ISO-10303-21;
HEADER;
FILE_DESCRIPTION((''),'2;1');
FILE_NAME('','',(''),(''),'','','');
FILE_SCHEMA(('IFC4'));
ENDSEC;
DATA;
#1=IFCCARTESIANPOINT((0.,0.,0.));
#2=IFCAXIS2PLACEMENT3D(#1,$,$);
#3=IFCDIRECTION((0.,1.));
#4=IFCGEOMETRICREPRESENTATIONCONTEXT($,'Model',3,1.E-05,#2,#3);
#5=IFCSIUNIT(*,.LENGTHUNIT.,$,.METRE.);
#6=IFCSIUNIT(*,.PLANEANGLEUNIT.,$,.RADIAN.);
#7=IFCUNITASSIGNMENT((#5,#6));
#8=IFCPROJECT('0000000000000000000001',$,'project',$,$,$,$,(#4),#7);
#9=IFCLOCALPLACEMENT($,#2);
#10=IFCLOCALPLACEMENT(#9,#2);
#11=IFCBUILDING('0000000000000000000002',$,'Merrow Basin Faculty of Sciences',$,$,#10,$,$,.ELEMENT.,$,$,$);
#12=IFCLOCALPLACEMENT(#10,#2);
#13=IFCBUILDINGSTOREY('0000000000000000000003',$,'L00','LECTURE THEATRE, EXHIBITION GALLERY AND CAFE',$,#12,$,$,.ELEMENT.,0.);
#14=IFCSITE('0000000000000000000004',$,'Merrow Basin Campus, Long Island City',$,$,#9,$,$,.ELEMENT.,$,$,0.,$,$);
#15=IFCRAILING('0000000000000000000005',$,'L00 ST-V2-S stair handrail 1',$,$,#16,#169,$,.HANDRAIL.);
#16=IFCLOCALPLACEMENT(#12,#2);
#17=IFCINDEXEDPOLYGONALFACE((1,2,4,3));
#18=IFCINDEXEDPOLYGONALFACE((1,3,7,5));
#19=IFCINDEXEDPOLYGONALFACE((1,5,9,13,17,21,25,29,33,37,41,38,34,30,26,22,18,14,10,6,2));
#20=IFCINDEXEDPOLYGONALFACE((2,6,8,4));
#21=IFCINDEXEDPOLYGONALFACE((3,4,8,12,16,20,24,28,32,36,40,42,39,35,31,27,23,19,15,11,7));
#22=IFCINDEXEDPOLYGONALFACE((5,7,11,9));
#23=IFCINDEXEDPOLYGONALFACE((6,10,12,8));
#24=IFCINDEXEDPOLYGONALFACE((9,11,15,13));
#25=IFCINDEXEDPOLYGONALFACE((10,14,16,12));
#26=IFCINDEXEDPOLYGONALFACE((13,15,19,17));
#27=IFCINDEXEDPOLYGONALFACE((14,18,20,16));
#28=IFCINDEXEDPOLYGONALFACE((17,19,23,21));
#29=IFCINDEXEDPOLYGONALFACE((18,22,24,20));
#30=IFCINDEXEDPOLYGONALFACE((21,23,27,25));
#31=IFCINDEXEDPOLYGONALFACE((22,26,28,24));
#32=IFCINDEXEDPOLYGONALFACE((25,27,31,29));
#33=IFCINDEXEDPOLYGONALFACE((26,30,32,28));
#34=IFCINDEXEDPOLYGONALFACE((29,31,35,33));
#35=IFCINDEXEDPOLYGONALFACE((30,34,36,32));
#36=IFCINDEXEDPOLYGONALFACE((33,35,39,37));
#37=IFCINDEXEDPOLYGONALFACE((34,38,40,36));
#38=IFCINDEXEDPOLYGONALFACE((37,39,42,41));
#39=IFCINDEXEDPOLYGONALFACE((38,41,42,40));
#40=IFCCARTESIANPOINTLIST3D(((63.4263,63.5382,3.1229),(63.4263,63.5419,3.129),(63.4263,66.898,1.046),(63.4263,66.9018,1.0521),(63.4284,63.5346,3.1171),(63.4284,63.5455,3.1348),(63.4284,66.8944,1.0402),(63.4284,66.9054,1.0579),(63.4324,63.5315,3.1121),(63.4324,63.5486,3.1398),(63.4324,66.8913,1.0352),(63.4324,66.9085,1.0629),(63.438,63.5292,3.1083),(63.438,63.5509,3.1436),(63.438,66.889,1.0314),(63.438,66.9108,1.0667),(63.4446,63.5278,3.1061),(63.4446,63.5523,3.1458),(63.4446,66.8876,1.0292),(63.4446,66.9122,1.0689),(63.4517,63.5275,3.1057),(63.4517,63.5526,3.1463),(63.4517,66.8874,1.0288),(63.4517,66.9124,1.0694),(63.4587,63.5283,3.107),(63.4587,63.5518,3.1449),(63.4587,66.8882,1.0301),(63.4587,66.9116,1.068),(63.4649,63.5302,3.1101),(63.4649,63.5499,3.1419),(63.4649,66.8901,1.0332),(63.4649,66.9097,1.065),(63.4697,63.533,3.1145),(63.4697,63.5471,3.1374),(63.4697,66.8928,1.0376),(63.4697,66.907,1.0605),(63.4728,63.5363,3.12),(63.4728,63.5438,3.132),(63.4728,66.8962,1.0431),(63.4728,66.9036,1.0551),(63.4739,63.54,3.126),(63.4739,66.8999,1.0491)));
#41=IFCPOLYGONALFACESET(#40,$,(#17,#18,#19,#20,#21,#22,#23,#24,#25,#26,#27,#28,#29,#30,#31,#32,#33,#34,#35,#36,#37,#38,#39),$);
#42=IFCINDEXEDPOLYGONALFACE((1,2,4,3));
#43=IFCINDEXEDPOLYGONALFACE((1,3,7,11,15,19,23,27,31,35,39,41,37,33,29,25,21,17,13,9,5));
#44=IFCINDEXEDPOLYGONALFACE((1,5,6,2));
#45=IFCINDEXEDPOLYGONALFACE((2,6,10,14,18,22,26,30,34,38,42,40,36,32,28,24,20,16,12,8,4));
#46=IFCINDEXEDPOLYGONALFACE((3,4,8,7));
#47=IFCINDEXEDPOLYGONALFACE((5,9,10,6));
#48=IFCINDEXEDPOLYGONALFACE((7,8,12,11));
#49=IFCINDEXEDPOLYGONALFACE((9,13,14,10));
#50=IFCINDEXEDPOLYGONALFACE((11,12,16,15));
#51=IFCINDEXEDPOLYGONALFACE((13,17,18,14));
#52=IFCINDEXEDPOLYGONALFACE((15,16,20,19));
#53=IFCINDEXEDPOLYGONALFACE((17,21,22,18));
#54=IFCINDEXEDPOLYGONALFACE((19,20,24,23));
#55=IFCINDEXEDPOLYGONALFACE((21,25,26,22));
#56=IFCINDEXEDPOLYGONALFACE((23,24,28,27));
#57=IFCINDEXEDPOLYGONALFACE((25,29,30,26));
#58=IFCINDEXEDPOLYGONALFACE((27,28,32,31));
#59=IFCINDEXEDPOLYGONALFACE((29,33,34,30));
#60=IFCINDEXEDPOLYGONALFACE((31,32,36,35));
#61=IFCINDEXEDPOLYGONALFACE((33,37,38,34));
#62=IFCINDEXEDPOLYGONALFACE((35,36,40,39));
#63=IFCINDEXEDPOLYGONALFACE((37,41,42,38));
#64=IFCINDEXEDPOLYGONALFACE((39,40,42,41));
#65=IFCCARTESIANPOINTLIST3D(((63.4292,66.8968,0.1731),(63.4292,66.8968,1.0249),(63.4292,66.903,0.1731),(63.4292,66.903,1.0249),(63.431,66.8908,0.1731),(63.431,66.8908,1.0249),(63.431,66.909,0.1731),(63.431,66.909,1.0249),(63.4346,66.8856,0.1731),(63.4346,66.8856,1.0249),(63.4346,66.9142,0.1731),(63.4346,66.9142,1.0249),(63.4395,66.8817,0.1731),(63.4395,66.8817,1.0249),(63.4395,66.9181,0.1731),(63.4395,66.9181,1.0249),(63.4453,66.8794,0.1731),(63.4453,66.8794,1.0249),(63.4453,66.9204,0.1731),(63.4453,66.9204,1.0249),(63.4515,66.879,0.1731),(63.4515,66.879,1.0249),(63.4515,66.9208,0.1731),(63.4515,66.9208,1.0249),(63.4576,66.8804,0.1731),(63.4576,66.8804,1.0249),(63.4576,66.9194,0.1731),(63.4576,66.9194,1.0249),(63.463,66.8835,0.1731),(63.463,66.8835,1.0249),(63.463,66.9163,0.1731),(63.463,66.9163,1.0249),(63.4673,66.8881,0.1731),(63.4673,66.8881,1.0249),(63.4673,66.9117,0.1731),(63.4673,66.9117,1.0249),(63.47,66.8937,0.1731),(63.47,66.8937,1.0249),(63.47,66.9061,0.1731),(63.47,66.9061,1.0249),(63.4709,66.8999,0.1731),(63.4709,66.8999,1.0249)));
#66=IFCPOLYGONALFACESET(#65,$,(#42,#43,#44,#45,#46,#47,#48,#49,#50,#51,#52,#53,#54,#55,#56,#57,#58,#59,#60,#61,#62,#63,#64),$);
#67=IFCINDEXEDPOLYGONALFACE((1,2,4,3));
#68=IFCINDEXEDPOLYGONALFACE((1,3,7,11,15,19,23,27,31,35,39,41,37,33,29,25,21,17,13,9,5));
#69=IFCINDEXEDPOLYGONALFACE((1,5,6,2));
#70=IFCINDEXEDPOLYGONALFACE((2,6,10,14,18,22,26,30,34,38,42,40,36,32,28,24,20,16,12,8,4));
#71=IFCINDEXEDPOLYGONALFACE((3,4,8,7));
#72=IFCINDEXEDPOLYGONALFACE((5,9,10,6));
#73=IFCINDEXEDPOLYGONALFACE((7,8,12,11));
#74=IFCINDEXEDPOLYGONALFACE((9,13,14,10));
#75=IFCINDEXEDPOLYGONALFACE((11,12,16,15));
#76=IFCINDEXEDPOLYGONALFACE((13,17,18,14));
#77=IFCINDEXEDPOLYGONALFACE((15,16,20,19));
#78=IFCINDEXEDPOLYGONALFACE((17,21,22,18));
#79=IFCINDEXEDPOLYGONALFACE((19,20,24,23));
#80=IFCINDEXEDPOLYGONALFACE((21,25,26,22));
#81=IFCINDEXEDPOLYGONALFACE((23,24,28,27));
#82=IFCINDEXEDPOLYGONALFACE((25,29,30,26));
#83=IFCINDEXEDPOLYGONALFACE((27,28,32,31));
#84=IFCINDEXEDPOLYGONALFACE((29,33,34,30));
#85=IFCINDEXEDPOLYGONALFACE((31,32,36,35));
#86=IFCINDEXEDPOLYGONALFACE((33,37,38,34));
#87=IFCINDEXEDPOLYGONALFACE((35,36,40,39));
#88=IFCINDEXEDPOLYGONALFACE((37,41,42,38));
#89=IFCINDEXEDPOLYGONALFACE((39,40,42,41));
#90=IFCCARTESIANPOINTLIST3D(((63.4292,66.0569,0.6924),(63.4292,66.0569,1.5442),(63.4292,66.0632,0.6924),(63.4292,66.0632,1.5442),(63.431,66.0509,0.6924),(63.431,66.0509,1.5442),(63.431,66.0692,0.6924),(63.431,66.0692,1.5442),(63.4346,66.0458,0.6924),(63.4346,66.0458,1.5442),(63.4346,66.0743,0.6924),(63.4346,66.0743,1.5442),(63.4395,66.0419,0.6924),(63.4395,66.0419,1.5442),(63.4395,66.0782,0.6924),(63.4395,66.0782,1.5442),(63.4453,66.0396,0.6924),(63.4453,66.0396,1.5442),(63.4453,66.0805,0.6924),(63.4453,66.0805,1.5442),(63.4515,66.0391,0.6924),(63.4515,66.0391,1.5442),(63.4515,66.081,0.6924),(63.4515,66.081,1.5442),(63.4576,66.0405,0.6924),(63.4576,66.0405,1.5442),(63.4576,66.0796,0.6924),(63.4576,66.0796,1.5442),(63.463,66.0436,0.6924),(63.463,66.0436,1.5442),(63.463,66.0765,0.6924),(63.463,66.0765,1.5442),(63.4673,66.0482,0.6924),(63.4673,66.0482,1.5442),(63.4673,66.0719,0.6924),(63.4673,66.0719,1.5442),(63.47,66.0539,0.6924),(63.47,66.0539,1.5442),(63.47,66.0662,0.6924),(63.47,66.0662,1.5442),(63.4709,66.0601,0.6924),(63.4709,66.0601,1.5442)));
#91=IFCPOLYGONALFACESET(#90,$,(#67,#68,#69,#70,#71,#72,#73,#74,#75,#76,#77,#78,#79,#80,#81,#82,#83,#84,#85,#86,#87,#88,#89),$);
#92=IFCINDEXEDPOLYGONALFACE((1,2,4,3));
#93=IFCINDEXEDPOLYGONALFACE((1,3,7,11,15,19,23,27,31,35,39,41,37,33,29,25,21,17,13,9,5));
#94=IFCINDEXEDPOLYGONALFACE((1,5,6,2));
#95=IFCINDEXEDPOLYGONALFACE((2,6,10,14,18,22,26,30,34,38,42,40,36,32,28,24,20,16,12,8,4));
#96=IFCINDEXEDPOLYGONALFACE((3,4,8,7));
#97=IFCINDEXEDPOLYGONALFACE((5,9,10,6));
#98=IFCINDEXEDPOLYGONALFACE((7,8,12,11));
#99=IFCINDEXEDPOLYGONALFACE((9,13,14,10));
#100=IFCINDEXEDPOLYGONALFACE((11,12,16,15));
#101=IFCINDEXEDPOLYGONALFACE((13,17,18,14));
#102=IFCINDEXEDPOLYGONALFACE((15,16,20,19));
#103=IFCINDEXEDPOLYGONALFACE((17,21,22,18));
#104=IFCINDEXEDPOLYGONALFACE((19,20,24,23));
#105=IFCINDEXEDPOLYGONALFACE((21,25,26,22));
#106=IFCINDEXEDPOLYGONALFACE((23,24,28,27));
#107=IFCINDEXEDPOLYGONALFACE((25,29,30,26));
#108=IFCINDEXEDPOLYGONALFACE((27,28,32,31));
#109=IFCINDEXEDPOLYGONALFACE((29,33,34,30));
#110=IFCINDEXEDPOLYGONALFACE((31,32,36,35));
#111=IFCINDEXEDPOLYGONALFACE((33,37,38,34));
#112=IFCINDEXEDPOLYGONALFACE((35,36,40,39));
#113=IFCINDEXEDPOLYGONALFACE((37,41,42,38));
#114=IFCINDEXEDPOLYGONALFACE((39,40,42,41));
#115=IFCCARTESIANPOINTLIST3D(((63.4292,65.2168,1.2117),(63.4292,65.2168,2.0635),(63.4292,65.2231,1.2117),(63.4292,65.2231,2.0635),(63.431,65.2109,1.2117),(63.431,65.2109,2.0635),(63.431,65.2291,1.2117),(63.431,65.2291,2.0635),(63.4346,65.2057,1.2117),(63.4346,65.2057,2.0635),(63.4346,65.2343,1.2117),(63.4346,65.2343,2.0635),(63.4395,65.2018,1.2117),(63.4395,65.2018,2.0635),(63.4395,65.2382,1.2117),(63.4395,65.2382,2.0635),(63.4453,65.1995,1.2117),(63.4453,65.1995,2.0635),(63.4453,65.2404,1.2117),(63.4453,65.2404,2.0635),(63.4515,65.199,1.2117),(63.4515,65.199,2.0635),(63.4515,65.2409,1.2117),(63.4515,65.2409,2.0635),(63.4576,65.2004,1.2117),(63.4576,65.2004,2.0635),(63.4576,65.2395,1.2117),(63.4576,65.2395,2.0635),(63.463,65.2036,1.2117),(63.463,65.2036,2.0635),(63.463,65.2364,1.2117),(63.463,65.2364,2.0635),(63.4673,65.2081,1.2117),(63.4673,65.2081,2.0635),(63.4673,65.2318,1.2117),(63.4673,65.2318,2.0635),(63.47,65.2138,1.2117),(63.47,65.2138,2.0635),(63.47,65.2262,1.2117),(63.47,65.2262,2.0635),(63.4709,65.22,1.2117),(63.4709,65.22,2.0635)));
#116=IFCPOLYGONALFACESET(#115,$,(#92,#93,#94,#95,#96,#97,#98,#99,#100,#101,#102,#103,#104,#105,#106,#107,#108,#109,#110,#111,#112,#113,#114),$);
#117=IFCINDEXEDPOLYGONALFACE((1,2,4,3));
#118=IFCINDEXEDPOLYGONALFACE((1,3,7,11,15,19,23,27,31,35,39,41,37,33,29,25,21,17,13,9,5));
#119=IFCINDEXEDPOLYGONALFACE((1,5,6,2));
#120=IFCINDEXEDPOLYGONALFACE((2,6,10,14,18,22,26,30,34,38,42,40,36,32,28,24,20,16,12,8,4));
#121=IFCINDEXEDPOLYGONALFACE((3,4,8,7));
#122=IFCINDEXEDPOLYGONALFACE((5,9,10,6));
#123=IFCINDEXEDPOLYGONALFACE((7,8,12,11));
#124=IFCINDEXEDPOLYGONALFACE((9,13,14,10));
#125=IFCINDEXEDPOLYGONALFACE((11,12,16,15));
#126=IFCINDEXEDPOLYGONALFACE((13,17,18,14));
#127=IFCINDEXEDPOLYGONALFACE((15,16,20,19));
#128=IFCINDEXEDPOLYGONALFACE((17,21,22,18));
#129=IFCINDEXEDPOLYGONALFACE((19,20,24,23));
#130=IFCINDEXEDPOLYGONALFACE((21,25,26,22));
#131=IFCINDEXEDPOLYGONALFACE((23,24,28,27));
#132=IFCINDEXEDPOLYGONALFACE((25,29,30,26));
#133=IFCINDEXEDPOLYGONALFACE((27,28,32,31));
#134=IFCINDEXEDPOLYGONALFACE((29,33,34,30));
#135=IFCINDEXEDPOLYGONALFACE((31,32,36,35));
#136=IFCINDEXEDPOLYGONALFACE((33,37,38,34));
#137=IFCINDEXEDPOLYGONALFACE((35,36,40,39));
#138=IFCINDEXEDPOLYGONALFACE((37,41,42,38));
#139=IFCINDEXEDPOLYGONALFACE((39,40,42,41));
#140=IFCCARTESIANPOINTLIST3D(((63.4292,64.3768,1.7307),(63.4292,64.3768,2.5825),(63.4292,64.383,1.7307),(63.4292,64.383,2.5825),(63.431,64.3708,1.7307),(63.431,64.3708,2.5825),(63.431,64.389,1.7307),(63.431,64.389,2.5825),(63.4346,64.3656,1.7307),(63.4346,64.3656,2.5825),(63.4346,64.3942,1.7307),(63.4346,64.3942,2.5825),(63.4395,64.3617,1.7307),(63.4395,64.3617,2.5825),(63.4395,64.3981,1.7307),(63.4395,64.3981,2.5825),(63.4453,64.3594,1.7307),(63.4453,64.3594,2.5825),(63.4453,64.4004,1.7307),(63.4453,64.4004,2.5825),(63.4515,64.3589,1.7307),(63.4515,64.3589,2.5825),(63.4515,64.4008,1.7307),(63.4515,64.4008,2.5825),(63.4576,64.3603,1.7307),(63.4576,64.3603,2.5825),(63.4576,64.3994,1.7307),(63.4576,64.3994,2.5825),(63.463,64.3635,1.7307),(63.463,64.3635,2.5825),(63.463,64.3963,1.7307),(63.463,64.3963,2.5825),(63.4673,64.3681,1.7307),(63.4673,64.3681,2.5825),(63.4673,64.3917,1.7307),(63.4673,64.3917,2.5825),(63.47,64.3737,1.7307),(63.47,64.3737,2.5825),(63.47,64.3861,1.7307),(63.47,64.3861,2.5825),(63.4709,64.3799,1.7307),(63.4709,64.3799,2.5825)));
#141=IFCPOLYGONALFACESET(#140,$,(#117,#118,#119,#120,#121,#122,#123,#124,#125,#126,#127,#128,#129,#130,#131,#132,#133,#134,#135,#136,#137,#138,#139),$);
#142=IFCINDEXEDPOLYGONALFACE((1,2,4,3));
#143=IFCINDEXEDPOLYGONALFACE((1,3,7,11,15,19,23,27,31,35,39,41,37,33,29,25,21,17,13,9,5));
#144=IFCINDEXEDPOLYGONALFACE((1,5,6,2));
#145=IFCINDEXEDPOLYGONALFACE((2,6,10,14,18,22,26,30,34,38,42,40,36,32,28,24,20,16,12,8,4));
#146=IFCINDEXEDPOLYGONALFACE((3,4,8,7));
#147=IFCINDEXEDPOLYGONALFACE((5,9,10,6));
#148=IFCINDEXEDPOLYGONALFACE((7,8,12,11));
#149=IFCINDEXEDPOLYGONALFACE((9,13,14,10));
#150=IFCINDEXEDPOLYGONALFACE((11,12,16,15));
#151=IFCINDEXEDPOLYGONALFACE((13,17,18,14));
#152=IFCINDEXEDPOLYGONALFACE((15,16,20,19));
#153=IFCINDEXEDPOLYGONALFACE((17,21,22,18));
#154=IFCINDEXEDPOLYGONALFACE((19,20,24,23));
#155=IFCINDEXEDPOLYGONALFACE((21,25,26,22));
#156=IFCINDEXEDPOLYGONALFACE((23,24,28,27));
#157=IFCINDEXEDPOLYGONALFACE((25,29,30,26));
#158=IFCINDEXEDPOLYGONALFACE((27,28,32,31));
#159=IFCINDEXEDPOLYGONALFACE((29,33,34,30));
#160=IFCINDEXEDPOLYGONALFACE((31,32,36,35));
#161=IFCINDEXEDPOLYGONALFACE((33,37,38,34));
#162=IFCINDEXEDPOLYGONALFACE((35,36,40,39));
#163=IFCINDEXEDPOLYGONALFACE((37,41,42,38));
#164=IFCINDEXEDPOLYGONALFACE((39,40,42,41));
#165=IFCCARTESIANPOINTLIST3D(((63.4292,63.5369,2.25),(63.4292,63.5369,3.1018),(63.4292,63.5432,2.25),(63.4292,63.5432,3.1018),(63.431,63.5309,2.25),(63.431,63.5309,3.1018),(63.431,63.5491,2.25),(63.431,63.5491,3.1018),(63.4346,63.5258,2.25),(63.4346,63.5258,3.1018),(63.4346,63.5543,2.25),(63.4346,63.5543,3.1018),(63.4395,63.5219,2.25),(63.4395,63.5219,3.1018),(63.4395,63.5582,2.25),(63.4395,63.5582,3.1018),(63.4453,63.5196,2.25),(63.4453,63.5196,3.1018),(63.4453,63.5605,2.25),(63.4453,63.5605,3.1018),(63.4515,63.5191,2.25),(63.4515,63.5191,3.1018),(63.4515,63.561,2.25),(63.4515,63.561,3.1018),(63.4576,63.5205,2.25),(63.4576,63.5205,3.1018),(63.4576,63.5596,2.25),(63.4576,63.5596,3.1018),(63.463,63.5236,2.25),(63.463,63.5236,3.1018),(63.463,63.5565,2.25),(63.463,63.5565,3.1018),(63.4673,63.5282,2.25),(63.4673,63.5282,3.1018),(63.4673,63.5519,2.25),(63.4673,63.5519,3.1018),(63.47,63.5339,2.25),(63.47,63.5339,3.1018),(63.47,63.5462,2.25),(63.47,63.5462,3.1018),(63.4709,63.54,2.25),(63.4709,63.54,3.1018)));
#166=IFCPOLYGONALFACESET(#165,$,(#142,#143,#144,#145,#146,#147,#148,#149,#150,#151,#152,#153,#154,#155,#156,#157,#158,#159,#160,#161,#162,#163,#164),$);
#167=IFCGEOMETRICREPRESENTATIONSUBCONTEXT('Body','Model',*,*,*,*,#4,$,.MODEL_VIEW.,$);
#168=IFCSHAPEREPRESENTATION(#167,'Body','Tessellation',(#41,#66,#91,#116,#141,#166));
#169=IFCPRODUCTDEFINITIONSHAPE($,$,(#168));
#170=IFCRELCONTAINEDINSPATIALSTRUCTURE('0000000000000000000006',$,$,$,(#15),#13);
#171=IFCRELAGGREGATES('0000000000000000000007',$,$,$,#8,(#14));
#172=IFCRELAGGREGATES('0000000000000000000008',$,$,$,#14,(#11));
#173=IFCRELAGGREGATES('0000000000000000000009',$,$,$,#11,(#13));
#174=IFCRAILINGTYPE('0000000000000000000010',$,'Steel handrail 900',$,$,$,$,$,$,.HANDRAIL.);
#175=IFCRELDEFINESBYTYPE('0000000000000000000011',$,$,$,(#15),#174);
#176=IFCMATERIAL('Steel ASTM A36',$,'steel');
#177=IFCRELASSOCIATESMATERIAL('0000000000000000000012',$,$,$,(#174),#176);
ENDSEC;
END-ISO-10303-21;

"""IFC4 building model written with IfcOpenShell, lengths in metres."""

from ifc_helpers import new_model, si_unit, direction, frame, origin, origin_2d, place, context, subcontext, project, spatial, circle, extrude, material, type_object, element, save


model = new_model("IFC4")

# Units and contexts
model_context = context("Model", 3, precision=1e-05, world=origin(), true_north=direction((0.0, 1.0)))
body_context = subcontext(model_context, "Body", "Model", "MODEL_VIEW")
ifc_project = project(units=[si_unit("LENGTHUNIT", "METRE"), si_unit("PLANEANGLEUNIT", "RADIAN")], contexts=[model_context])

# Site, building, storey
site_placement = place(None, origin())
site = spatial("IfcSite", under=ifc_project, at=site_placement, Name="Merrow Basin Campus, Long Island City", CompositionType="ELEMENT", RefElevation=0.0)
building_placement = place(site_placement, origin())
building = spatial("IfcBuilding", under=site, at=building_placement, Name="Merrow Basin Faculty of Sciences", CompositionType="ELEMENT")
storey_placement = place(building_placement, origin())
storey = spatial("IfcBuildingStorey", under=building, at=storey_placement, Name="L00", Description="LECTURE THEATRE, EXHIBITION GALLERY AND CAFE", CompositionType="ELEMENT", Elevation=0.0)

# Railing
ifc_material_1 = material(Name="Steel ASTM A36", Category="steel")
railing_type_1 = type_object("IfcRailingType", Name="Steel handrail 900", PredefinedType="HANDRAIL", material=ifc_material_1)
railing_1_placement = place(storey_placement, frame((63.45, 66.8999, 0.1731)))
element("IfcRailing", 1, at=railing_1_placement, inside=storey, type_object=railing_type_1, Name="L00 ST-V2-S stair handrail 1", PredefinedType="HANDRAIL", context=body_context, shape_type="SweptSolid", body=[
    extrude(circle(Radius=0.0239, at=origin_2d()), frame((0.0, 0.0, 0.876), z_axis=(0.0, -0.850606, 0.525803), x_axis=(1.0, 0.0, 0.0)), (0.0, 0.0, 1.0), 3.95),
    extrude(circle(Radius=0.021, at=origin_2d()), origin(), (0.0, 0.0, 1.0), 0.8518),
    extrude(circle(Radius=0.021, at=origin_2d()), frame((0.0, -0.8398, 0.5193)), (0.0, 0.0, 1.0), 0.8518),
    extrude(circle(Radius=0.021, at=origin_2d()), frame((0.0, -1.6799, 1.0386)), (0.0, 0.0, 1.0), 0.8518),
    extrude(circle(Radius=0.021, at=origin_2d()), frame((0.0, -2.52, 1.5576)), (0.0, 0.0, 1.0), 0.8518),
    extrude(circle(Radius=0.021, at=origin_2d()), frame((0.0, -3.3599, 2.0769)), (0.0, 0.0, 1.0), 0.8518),
])

save(model, "model.ifc")
